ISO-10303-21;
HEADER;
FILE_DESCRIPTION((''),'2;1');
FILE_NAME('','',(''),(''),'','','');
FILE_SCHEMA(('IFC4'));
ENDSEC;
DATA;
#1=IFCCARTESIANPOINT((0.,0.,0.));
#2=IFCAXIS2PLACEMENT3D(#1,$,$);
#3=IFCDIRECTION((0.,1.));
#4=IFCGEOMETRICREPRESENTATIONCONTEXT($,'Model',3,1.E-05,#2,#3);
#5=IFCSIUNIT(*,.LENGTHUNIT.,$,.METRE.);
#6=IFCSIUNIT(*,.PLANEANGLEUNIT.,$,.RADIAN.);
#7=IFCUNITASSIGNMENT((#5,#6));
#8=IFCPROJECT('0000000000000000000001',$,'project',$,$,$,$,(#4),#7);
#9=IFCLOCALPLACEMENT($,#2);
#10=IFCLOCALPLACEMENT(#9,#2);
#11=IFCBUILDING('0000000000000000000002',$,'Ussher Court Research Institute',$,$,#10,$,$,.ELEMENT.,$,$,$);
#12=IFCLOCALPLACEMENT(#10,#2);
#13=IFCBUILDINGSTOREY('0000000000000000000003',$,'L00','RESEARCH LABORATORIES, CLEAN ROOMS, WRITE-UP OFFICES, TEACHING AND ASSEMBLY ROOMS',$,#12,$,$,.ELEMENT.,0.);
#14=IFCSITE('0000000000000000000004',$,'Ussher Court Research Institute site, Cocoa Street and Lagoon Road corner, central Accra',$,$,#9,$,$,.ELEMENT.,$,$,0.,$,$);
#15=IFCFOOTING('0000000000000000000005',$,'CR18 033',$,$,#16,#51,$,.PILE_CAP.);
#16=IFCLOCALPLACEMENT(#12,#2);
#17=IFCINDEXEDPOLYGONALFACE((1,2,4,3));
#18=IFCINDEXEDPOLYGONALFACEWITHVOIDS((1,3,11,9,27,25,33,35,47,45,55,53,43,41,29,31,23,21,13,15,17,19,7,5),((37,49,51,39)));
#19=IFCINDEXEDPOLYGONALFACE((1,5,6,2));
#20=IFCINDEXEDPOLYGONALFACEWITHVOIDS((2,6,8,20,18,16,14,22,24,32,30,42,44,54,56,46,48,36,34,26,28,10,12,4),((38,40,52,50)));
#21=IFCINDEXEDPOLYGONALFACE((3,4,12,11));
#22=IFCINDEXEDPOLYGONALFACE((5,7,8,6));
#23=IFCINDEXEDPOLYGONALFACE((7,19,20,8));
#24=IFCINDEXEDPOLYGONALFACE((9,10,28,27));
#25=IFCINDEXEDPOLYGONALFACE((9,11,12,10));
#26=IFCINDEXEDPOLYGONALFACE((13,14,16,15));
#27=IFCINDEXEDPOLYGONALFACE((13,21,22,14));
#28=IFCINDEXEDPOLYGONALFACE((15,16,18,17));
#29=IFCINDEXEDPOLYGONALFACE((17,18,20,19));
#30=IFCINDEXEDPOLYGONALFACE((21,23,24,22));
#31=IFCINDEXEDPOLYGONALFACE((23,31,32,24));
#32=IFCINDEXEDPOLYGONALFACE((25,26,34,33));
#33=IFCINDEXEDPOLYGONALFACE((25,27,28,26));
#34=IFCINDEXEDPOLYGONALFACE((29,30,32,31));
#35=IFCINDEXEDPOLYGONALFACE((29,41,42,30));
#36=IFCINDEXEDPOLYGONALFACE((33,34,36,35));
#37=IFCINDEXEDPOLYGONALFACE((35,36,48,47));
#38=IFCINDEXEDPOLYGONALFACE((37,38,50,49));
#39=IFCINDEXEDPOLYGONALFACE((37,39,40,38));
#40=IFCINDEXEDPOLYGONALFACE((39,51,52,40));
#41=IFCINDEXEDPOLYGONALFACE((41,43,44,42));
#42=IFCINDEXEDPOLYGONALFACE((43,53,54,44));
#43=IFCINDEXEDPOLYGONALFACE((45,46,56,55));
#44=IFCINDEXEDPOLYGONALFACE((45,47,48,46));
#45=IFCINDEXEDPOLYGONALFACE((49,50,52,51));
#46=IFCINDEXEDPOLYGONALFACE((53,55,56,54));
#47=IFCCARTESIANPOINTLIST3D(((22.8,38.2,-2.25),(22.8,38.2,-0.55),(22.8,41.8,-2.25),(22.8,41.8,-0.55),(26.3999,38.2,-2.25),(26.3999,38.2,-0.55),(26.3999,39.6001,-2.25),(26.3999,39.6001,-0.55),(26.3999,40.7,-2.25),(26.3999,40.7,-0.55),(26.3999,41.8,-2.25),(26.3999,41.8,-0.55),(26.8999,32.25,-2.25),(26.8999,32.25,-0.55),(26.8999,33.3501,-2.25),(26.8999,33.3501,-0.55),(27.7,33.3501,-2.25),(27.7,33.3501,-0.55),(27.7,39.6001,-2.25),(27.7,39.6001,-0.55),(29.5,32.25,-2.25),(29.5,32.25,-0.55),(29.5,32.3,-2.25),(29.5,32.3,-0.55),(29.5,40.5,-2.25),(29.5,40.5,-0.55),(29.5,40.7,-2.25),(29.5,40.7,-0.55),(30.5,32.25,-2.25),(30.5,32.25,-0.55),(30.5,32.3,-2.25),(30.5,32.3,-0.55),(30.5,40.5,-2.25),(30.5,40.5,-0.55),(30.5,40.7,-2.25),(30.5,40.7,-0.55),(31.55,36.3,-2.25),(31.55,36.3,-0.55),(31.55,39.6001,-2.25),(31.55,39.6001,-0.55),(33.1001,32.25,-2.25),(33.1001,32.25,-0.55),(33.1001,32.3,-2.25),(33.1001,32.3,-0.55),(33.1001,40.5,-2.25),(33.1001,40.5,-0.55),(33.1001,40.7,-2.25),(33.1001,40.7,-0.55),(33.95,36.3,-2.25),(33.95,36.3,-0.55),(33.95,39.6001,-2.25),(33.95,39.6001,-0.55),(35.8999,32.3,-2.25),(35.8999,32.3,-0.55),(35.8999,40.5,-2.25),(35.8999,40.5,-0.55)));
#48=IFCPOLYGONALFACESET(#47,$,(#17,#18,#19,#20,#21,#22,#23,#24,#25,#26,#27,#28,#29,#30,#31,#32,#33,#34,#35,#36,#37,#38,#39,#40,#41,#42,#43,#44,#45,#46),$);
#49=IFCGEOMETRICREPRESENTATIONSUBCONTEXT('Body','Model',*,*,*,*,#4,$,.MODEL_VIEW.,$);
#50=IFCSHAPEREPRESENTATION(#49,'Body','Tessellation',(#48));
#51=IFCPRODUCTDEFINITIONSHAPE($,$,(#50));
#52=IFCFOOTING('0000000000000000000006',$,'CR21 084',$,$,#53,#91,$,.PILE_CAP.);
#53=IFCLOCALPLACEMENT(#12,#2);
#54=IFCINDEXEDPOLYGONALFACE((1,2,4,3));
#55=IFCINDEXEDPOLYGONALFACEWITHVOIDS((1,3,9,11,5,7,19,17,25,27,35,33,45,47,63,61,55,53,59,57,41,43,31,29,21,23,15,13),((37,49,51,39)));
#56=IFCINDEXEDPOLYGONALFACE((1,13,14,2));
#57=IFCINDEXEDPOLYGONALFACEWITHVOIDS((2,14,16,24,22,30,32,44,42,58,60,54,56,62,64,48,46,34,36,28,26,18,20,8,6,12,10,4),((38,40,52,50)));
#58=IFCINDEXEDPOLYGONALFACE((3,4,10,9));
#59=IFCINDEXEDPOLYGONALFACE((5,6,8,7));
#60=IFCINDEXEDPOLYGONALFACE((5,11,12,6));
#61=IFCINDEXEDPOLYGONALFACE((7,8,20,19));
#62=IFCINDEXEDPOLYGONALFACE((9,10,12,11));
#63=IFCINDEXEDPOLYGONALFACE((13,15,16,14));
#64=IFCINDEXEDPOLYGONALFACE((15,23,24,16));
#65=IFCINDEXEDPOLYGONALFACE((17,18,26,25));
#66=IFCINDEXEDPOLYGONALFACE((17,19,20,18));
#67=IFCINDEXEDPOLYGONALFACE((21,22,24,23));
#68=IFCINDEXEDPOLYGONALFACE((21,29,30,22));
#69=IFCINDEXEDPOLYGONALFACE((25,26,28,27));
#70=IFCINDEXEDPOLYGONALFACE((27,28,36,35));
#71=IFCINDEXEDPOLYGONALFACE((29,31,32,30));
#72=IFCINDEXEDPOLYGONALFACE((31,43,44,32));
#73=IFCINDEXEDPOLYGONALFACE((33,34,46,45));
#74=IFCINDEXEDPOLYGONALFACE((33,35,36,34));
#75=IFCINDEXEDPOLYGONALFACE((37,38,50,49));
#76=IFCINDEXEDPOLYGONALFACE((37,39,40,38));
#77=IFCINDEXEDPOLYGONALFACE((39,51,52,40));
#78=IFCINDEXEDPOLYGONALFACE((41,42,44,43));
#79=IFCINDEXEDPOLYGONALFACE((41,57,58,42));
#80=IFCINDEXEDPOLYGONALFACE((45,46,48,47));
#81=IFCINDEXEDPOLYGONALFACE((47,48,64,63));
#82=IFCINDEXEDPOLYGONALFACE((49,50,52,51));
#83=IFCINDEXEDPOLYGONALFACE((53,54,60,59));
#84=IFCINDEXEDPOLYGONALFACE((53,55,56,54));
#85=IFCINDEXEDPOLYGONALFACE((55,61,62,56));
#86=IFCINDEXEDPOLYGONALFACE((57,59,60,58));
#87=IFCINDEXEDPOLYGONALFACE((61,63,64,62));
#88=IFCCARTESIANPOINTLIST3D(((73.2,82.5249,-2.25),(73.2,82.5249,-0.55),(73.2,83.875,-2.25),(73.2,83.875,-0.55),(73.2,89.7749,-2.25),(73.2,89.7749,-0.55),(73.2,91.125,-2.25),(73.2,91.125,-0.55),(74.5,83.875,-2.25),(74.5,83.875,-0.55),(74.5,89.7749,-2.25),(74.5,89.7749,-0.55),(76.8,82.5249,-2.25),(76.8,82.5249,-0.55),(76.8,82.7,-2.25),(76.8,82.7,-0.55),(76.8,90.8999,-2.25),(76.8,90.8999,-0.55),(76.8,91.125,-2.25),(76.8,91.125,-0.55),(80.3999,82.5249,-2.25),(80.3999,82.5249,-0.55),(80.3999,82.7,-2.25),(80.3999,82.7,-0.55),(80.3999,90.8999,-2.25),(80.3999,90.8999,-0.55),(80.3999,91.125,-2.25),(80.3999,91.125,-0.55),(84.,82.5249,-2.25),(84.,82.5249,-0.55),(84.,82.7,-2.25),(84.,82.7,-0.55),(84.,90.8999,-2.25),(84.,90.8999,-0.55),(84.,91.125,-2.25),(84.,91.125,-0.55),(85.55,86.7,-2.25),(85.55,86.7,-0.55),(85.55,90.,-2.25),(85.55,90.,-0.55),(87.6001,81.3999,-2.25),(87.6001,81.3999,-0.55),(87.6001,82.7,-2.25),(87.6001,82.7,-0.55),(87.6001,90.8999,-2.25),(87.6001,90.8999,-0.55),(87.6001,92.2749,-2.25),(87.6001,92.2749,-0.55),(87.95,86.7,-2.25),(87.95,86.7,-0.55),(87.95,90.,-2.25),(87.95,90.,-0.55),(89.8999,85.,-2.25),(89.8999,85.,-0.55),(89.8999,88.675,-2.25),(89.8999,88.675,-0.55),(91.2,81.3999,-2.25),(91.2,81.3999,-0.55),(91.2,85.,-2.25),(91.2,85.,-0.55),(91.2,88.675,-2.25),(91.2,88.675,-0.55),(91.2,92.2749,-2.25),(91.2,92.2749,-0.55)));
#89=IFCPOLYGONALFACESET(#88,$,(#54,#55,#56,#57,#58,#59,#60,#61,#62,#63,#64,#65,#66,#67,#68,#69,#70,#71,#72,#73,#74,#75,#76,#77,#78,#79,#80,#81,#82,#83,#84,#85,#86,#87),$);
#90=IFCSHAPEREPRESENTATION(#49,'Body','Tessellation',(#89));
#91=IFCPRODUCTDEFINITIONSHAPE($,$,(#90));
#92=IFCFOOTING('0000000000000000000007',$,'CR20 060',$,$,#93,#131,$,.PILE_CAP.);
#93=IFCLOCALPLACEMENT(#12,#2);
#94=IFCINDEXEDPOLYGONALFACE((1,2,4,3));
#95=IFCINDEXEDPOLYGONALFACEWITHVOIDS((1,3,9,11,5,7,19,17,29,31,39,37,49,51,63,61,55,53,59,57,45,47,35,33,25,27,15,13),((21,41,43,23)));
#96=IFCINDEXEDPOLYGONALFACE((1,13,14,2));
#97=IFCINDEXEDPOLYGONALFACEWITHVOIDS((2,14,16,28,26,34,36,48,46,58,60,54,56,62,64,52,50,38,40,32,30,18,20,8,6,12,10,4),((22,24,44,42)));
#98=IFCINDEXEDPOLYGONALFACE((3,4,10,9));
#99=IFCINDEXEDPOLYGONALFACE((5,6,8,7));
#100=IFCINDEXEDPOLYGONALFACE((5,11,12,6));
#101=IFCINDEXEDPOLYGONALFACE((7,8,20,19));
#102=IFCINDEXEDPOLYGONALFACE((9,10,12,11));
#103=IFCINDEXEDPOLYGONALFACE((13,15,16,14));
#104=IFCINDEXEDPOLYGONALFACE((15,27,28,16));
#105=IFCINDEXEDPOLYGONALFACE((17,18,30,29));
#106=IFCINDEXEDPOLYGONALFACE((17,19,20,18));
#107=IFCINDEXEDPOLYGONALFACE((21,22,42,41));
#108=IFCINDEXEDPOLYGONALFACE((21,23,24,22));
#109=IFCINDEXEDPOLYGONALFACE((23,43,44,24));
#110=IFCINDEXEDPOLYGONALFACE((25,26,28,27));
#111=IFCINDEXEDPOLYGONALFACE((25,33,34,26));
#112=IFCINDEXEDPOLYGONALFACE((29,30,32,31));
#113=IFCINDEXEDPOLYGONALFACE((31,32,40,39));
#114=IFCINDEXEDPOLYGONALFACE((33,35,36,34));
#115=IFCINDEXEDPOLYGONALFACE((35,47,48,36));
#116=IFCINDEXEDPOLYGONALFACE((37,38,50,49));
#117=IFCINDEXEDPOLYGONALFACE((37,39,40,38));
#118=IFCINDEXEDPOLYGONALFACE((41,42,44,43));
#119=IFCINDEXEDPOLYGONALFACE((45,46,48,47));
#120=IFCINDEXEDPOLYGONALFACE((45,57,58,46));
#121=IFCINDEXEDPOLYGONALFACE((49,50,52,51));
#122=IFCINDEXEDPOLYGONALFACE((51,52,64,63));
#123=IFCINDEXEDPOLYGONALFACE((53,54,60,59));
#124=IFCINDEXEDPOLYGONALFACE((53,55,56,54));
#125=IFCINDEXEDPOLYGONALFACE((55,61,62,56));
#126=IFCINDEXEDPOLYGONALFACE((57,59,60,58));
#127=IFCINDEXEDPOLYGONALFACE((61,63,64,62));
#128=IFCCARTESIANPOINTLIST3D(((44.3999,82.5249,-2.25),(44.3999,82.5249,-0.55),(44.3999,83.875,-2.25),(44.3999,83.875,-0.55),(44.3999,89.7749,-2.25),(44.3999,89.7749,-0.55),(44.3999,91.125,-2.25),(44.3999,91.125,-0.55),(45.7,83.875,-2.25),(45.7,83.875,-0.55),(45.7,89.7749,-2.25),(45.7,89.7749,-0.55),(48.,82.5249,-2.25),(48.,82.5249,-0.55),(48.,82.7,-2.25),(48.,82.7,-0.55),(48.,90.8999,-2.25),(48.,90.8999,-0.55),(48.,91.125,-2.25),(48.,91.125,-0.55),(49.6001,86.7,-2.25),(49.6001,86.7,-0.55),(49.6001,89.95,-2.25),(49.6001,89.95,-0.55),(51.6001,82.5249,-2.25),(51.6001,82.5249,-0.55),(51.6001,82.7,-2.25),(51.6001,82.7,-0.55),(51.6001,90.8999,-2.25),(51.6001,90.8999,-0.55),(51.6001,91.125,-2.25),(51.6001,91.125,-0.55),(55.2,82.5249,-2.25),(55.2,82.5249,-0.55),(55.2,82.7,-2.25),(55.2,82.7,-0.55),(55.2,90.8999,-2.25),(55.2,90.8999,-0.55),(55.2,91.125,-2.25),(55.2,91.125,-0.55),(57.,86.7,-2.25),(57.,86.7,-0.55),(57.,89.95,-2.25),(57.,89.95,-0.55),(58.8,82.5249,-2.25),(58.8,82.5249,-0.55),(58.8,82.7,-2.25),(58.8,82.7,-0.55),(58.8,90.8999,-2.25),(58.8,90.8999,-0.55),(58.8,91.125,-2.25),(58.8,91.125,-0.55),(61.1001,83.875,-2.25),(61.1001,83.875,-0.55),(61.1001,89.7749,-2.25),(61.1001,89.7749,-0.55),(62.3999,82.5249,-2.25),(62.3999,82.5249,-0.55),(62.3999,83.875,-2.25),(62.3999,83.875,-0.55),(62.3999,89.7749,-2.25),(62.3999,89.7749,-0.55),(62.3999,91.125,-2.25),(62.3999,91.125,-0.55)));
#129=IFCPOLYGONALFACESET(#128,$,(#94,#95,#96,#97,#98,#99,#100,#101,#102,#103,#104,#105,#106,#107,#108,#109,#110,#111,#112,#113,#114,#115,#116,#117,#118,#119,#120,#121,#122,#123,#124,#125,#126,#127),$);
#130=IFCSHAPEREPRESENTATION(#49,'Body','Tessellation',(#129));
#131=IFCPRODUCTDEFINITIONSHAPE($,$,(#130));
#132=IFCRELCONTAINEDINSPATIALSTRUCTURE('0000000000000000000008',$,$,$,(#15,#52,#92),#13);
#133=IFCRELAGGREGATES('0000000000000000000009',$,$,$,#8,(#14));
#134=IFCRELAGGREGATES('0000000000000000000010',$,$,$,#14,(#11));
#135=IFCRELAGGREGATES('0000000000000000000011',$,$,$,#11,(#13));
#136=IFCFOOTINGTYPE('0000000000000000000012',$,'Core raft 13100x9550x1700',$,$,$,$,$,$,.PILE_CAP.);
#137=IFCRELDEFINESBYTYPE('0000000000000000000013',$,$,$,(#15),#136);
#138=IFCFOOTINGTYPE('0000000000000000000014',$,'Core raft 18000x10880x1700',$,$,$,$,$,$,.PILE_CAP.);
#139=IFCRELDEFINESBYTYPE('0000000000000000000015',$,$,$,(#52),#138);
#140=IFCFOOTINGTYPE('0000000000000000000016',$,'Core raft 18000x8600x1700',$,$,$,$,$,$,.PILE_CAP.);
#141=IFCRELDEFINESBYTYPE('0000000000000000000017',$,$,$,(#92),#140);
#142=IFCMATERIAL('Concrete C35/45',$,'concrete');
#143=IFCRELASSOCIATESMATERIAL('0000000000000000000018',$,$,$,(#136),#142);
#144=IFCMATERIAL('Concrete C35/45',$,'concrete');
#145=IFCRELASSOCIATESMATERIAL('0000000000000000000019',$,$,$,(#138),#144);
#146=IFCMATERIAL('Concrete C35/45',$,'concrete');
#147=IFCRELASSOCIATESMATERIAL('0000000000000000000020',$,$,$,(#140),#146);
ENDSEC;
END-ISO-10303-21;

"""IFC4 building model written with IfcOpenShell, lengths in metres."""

from ifc_helpers import new_model, si_unit, direction, frame, origin, place, context, subcontext, project, spatial, polyline, outline, extrude, material, type_object, element, save


model = new_model("IFC4")

# Units and contexts
model_context = context("Model", 3, precision=1e-05, world=origin(), true_north=direction((0.0, 1.0)))
body_context = subcontext(model_context, "Body", "Model", "MODEL_VIEW")
ifc_project = project(units=[si_unit("LENGTHUNIT", "METRE"), si_unit("PLANEANGLEUNIT", "RADIAN")], contexts=[model_context])

# Site, building, storey
site_placement = place(None, origin())
site = spatial("IfcSite", under=ifc_project, at=site_placement, Name="Ussher Court Research Institute site, Cocoa Street and Lagoon Road corner, central Accra", CompositionType="ELEMENT", RefElevation=0.0)
building_placement = place(site_placement, origin())
building = spatial("IfcBuilding", under=site, at=building_placement, Name="Ussher Court Research Institute", CompositionType="ELEMENT")
storey_placement = place(building_placement, origin())
storey = spatial("IfcBuildingStorey", under=building, at=storey_placement, Name="L00", Description="RESEARCH LABORATORIES, CLEAN ROOMS, WRITE-UP OFFICES, TEACHING AND ASSEMBLY ROOMS", CompositionType="ELEMENT", Elevation=0.0)

# Footings
ifc_material_1 = material(Name="Concrete C35/45", Category="concrete")
footing_type_1 = type_object("IfcFootingType", Name="Core raft 13100x9550x1700", PredefinedType="PILE_CAP", material=ifc_material_1)
footing_1_placement = place(storey_placement, frame((0.0, 0.0, -2.25)))
element("IfcFooting", 1, at=footing_1_placement, inside=storey, type_object=footing_type_1, Name="CR18 033", PredefinedType="PILE_CAP", context=body_context, shape_type="SweptSolid", body=[
    extrude(outline(polyline([(26.3999, 40.7), (26.3999, 41.8), (22.8, 41.8), (22.8, 38.2), (26.3999, 38.2), (26.3999, 39.6001), (27.7, 39.6001), (27.7, 33.3501), (26.8999, 33.3501), (26.8999, 32.25), (29.5, 32.25), (29.5, 32.3), (30.5, 32.3), (30.5, 32.25), (33.1001, 32.25), (33.1001, 32.3), (35.8999, 32.3), (35.8999, 40.5), (33.1001, 40.5), (33.1001, 40.7), (30.5, 40.7), (30.5, 40.5), (29.5, 40.5), (29.5, 40.7), (26.3999, 40.7)]), holes=[polyline([(33.95, 39.6001), (33.95, 36.3), (31.55, 36.3), (31.55, 39.6001), (33.95, 39.6001)])]), origin(), (0.0, 0.0, 1.0), 1.7),
])
ifc_material_2 = material(Name="Concrete C35/45", Category="concrete")
footing_type_2 = type_object("IfcFootingType", Name="Core raft 18000x10880x1700", PredefinedType="PILE_CAP", material=ifc_material_2)
footing_2_placement = place(storey_placement, frame((0.0, 0.0, -2.25)))
element("IfcFooting", 2, at=footing_2_placement, inside=storey, type_object=footing_type_2, Name="CR21 084", PredefinedType="PILE_CAP", context=body_context, shape_type="SweptSolid", body=[
    extrude(outline(polyline([(73.2, 89.7749), (74.5, 89.7749), (74.5, 83.875), (73.2, 83.875), (73.2, 82.5249), (76.8, 82.5249), (76.8, 82.7), (80.3999, 82.7), (80.3999, 82.5249), (84.0, 82.5249), (84.0, 82.7), (87.6001, 82.7), (87.6001, 81.3999), (91.2, 81.3999), (91.2, 85.0), (89.8999, 85.0), (89.8999, 88.675), (91.2, 88.675), (91.2, 92.2749), (87.6001, 92.2749), (87.6001, 90.8999), (84.0, 90.8999), (84.0, 91.125), (80.3999, 91.125), (80.3999, 90.8999), (76.8, 90.8999), (76.8, 91.125), (73.2, 91.125), (73.2, 89.7749)]), holes=[polyline([(87.95, 90.0), (87.95, 86.7), (85.55, 86.7), (85.55, 90.0), (87.95, 90.0)])]), origin(), (0.0, 0.0, 1.0), 1.7),
])
ifc_material_3 = material(Name="Concrete C35/45", Category="concrete")
footing_type_3 = type_object("IfcFootingType", Name="Core raft 18000x8600x1700", PredefinedType="PILE_CAP", material=ifc_material_3)
footing_3_placement = place(storey_placement, frame((0.0, 0.0, -2.25)))
element("IfcFooting", 3, at=footing_3_placement, inside=storey, type_object=footing_type_3, Name="CR20 060", PredefinedType="PILE_CAP", context=body_context, shape_type="SweptSolid", body=[
    extrude(outline(polyline([(45.7, 89.7749), (45.7, 83.875), (44.3999, 83.875), (44.3999, 82.5249), (48.0, 82.5249), (48.0, 82.7), (51.6001, 82.7), (51.6001, 82.5249), (55.2, 82.5249), (55.2, 82.7), (58.8, 82.7), (58.8, 82.5249), (62.3999, 82.5249), (62.3999, 83.875), (61.1001, 83.875), (61.1001, 89.7749), (62.3999, 89.7749), (62.3999, 91.125), (58.8, 91.125), (58.8, 90.8999), (55.2, 90.8999), (55.2, 91.125), (51.6001, 91.125), (51.6001, 90.8999), (48.0, 90.8999), (48.0, 91.125), (44.3999, 91.125), (44.3999, 89.7749), (45.7, 89.7749)]), holes=[polyline([(57.0, 89.95), (57.0, 86.7), (49.6001, 86.7), (49.6001, 89.95), (57.0, 89.95)])]), origin(), (0.0, 0.0, 1.0), 1.7),
])

save(model, "model.ifc")
